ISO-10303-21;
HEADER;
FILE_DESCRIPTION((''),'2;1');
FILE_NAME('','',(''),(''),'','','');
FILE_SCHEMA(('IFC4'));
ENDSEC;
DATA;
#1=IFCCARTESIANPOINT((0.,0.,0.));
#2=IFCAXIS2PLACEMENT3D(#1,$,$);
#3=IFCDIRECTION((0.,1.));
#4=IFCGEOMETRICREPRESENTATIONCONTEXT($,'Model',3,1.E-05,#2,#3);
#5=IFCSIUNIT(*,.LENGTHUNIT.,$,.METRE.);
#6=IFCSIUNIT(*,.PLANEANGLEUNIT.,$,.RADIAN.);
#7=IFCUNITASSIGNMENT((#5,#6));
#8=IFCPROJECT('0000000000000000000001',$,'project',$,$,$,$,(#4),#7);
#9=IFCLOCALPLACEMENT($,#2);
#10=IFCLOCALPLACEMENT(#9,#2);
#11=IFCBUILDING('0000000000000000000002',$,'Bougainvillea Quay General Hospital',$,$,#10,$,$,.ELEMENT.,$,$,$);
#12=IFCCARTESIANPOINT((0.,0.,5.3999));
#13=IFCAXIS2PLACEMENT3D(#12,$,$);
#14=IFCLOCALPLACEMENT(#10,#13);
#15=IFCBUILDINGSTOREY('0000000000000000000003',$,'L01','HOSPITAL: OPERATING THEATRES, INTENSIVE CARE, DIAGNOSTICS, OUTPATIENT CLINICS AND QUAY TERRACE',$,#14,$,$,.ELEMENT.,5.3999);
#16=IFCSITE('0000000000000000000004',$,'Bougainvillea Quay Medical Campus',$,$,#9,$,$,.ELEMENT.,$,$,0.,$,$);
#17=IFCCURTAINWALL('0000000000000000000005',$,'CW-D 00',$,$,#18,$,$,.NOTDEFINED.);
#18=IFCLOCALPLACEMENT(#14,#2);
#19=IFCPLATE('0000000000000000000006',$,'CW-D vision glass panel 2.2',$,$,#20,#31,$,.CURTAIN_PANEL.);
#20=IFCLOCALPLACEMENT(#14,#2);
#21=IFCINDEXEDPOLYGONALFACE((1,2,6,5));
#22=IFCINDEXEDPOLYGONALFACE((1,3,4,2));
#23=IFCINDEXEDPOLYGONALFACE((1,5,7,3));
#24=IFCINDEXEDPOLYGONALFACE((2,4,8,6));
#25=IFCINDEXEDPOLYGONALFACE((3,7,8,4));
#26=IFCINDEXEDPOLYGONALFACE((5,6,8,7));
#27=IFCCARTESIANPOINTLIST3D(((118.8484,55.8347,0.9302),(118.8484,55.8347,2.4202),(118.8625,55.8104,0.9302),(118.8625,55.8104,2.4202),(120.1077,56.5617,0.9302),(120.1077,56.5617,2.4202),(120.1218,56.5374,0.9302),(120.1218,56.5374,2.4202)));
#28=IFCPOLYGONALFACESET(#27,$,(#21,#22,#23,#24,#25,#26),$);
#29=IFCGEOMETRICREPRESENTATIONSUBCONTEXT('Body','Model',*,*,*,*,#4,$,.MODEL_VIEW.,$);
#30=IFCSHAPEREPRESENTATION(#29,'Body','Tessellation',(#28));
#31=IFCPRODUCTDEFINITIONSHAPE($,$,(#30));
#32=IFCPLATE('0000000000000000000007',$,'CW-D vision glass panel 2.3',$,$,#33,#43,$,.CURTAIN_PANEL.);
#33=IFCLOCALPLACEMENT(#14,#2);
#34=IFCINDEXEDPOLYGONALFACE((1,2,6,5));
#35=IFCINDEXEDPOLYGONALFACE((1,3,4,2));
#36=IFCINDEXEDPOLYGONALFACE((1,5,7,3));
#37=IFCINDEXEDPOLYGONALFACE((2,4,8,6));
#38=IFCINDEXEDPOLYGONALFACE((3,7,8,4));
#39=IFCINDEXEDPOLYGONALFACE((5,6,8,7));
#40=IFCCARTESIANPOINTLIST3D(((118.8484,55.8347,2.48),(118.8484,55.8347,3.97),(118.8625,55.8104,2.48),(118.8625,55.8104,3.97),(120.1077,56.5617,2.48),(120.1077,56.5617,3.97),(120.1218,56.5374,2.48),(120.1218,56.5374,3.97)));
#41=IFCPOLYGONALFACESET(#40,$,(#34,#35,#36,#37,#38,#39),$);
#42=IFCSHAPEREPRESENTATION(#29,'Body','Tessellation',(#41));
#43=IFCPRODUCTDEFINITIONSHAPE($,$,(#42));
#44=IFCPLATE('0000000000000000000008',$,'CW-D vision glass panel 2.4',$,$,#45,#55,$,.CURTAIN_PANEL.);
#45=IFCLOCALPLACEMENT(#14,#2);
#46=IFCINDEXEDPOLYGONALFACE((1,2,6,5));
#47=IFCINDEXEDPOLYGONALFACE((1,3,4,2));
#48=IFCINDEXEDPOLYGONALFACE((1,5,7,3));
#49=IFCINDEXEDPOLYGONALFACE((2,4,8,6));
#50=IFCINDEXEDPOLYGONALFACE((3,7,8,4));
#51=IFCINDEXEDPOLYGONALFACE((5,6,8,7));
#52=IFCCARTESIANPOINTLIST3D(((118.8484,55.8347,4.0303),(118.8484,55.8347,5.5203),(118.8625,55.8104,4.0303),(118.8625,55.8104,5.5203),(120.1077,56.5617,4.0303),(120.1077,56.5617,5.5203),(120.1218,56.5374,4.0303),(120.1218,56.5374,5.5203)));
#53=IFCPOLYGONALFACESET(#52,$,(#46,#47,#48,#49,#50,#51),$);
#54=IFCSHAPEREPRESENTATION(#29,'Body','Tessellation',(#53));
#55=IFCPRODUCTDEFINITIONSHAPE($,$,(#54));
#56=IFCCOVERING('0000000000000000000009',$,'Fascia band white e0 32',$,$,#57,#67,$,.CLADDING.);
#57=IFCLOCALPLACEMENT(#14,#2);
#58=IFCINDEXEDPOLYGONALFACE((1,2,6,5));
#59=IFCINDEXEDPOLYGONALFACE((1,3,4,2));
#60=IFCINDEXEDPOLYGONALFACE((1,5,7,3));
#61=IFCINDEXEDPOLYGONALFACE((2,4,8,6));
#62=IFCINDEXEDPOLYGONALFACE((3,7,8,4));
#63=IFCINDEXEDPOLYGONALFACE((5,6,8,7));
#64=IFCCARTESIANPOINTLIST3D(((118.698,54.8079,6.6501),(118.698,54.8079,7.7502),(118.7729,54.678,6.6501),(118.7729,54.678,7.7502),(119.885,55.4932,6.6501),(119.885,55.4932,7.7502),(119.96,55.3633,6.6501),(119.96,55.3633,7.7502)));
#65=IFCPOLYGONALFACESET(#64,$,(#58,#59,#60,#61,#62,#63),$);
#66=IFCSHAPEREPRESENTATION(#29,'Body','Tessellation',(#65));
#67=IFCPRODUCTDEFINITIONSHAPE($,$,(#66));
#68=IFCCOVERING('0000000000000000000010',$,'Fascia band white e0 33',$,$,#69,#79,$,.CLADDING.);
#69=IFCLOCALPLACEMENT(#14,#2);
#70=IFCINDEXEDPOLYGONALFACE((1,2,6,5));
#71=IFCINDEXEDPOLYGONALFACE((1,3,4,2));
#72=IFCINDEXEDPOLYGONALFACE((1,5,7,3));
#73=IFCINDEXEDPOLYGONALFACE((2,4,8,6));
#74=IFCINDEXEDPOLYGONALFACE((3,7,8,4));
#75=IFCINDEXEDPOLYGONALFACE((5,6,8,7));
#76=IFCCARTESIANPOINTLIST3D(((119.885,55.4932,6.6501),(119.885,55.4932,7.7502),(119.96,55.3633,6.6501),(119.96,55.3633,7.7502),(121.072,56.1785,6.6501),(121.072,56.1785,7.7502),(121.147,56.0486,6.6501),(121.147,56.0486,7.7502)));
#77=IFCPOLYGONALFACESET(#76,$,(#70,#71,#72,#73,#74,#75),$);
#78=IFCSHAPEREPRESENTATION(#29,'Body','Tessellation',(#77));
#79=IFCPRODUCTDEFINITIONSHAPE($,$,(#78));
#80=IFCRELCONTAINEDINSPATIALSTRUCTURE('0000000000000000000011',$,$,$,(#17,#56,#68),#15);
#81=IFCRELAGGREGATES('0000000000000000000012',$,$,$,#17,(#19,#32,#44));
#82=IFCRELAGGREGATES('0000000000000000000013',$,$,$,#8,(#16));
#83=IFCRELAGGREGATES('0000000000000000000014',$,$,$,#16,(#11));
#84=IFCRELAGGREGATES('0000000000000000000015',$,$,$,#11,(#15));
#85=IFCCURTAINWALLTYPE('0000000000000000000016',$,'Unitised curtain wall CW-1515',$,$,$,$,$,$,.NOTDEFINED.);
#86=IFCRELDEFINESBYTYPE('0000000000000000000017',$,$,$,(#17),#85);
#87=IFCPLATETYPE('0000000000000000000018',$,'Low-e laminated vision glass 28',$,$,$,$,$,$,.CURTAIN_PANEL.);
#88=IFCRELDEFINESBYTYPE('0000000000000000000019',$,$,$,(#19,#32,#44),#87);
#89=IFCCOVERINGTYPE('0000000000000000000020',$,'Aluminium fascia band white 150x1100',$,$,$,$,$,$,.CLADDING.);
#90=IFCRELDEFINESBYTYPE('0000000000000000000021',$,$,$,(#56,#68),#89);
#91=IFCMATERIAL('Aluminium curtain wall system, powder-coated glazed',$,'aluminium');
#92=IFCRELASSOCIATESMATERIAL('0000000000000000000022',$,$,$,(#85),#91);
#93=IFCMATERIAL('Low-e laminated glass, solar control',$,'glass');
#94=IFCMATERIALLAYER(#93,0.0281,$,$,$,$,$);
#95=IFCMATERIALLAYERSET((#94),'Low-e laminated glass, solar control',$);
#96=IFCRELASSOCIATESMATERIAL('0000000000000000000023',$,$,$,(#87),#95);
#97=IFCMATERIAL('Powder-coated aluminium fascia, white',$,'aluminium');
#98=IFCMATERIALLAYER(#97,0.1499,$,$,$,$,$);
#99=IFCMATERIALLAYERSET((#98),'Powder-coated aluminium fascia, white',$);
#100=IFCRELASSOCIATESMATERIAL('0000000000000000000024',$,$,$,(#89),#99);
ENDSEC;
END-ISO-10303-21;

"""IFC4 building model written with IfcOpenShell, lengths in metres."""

from ifc_helpers import new_model, si_unit, direction, frame, origin, origin_2d, place, context, subcontext, project, spatial, polyline, rectangle, outline, extrude, material, layer, layer_set, type_object, element, aggregate, save


model = new_model("IFC4")

# Units and contexts
model_context = context("Model", 3, precision=1e-05, world=origin(), true_north=direction((0.0, 1.0)))
body_context = subcontext(model_context, "Body", "Model", "MODEL_VIEW")
ifc_project = project(units=[si_unit("LENGTHUNIT", "METRE"), si_unit("PLANEANGLEUNIT", "RADIAN")], contexts=[model_context])

# Site, building, storey
site_placement = place(None, origin())
site = spatial("IfcSite", under=ifc_project, at=site_placement, Name="Bougainvillea Quay Medical Campus", CompositionType="ELEMENT", RefElevation=0.0)
building_placement = place(site_placement, origin())
building = spatial("IfcBuilding", under=site, at=building_placement, Name="Bougainvillea Quay General Hospital", CompositionType="ELEMENT")
storey_placement = place(building_placement, frame((0.0, 0.0, 5.3999)))
storey = spatial("IfcBuildingStorey", under=building, at=storey_placement, Name="L01", Description="HOSPITAL: OPERATING THEATRES, INTENSIVE CARE, DIAGNOSTICS, OUTPATIENT CLINICS AND QUAY TERRACE", CompositionType="ELEMENT", Elevation=5.3999)

# Curtain wall, plates
ifc_material_1 = material(Name="Aluminium curtain wall system, powder-coated glazed", Category="aluminium")
curtain_wall_type = type_object("IfcCurtainWallType", Name="Unitised curtain wall CW-1515", PredefinedType="NOTDEFINED", material=ifc_material_1)
curtain_wall_placement = place(storey_placement, origin())
curtain_wall = element("IfcCurtainWall", 1, at=curtain_wall_placement, inside=storey, type_object=curtain_wall_type, Name="CW-D 00", PredefinedType="NOTDEFINED")
ifc_material_2 = material(Name="Low-e laminated glass, solar control", Category="glass")
ifc_layer_1 = layer(ifc_material_2, 0.0281)
ifc_layer_set_1 = layer_set([ifc_layer_1], Name="Low-e laminated glass, solar control")
plate_type_1 = type_object("IfcPlateType", Name="Low-e laminated vision glass 28", PredefinedType="CURTAIN_PANEL", material=ifc_layer_set_1)
plate_1_placement = place(storey_placement, frame((119.4851, 56.186, 0.9302), z_axis=(0.0, 0.0, 1.0), x_axis=(0.866046, 0.499965, 0.0)))
plate_1 = element("IfcPlate", 2, at=plate_1_placement, type_object=plate_type_1, Name="CW-D vision glass panel 2.2", PredefinedType="CURTAIN_PANEL", context=body_context, shape_type="SweptSolid", body=[
    extrude(rectangle(XDim=1.4541, YDim=0.0281, at=origin_2d()), origin(), (0.0, 0.0, 1.0), 1.49),
])
plate_2_placement = place(storey_placement, frame((119.4851, 56.186, 2.48), z_axis=(0.0, 0.0, 1.0), x_axis=(0.866046, 0.499965, 0.0)))
plate_2 = element("IfcPlate", 3, at=plate_2_placement, type_object=plate_type_1, Name="CW-D vision glass panel 2.3", PredefinedType="CURTAIN_PANEL", context=body_context, shape_type="SweptSolid", body=[
    extrude(rectangle(XDim=1.4541, YDim=0.0281, at=origin_2d()), origin(), (0.0, 0.0, 1.0), 1.49),
])
plate_3_placement = place(storey_placement, frame((119.4851, 56.186, 4.0303), z_axis=(0.0, 0.0, 1.0), x_axis=(0.866046, 0.499965, 0.0)))
plate_3 = element("IfcPlate", 4, at=plate_3_placement, type_object=plate_type_1, Name="CW-D vision glass panel 2.4", PredefinedType="CURTAIN_PANEL", context=body_context, shape_type="SweptSolid", body=[
    extrude(rectangle(XDim=1.4541, YDim=0.0281, at=origin_2d()), origin(), (0.0, 0.0, 1.0), 1.49),
])
aggregate(curtain_wall, [plate_1, plate_2, plate_3])

# Coverings
ifc_material_3 = material(Name="Powder-coated aluminium fascia, white", Category="aluminium")
ifc_layer_2 = layer(ifc_material_3, 0.1499)
ifc_layer_set_2 = layer_set([ifc_layer_2], Name="Powder-coated aluminium fascia, white")
covering_type = type_object("IfcCoveringType", Name="Aluminium fascia band white 150x1100", PredefinedType="CLADDING", material=ifc_layer_set_2)
for number, where, z_axis, x_axis, name in (
    (5, (118.698, 54.8079, 6.6501), (0.0, 0.0, 1.0), (0.866031, 0.49999, 0.0), "Fascia band white e0 32"),
    (6, (119.885, 55.4932, 6.6501), (0.0, 0.0, 1.0), (0.866031, 0.49999, 0.0), "Fascia band white e0 33"),
):
    element("IfcCovering", number, at=place(storey_placement, frame(where, z_axis=z_axis, x_axis=x_axis)), inside=storey, type_object=covering_type, Name=name, PredefinedType="CLADDING", context=body_context, shape_type="SweptSolid", body=[
        extrude(outline(polyline([(0.0, 0.0), (1.3706, 0.0), (1.3706, -0.15), (0.0, -0.15), (0.0, 0.0)])), origin(), (0.0, 0.0, 1.0), 1.1001),
    ])

save(model, "model.ifc")
